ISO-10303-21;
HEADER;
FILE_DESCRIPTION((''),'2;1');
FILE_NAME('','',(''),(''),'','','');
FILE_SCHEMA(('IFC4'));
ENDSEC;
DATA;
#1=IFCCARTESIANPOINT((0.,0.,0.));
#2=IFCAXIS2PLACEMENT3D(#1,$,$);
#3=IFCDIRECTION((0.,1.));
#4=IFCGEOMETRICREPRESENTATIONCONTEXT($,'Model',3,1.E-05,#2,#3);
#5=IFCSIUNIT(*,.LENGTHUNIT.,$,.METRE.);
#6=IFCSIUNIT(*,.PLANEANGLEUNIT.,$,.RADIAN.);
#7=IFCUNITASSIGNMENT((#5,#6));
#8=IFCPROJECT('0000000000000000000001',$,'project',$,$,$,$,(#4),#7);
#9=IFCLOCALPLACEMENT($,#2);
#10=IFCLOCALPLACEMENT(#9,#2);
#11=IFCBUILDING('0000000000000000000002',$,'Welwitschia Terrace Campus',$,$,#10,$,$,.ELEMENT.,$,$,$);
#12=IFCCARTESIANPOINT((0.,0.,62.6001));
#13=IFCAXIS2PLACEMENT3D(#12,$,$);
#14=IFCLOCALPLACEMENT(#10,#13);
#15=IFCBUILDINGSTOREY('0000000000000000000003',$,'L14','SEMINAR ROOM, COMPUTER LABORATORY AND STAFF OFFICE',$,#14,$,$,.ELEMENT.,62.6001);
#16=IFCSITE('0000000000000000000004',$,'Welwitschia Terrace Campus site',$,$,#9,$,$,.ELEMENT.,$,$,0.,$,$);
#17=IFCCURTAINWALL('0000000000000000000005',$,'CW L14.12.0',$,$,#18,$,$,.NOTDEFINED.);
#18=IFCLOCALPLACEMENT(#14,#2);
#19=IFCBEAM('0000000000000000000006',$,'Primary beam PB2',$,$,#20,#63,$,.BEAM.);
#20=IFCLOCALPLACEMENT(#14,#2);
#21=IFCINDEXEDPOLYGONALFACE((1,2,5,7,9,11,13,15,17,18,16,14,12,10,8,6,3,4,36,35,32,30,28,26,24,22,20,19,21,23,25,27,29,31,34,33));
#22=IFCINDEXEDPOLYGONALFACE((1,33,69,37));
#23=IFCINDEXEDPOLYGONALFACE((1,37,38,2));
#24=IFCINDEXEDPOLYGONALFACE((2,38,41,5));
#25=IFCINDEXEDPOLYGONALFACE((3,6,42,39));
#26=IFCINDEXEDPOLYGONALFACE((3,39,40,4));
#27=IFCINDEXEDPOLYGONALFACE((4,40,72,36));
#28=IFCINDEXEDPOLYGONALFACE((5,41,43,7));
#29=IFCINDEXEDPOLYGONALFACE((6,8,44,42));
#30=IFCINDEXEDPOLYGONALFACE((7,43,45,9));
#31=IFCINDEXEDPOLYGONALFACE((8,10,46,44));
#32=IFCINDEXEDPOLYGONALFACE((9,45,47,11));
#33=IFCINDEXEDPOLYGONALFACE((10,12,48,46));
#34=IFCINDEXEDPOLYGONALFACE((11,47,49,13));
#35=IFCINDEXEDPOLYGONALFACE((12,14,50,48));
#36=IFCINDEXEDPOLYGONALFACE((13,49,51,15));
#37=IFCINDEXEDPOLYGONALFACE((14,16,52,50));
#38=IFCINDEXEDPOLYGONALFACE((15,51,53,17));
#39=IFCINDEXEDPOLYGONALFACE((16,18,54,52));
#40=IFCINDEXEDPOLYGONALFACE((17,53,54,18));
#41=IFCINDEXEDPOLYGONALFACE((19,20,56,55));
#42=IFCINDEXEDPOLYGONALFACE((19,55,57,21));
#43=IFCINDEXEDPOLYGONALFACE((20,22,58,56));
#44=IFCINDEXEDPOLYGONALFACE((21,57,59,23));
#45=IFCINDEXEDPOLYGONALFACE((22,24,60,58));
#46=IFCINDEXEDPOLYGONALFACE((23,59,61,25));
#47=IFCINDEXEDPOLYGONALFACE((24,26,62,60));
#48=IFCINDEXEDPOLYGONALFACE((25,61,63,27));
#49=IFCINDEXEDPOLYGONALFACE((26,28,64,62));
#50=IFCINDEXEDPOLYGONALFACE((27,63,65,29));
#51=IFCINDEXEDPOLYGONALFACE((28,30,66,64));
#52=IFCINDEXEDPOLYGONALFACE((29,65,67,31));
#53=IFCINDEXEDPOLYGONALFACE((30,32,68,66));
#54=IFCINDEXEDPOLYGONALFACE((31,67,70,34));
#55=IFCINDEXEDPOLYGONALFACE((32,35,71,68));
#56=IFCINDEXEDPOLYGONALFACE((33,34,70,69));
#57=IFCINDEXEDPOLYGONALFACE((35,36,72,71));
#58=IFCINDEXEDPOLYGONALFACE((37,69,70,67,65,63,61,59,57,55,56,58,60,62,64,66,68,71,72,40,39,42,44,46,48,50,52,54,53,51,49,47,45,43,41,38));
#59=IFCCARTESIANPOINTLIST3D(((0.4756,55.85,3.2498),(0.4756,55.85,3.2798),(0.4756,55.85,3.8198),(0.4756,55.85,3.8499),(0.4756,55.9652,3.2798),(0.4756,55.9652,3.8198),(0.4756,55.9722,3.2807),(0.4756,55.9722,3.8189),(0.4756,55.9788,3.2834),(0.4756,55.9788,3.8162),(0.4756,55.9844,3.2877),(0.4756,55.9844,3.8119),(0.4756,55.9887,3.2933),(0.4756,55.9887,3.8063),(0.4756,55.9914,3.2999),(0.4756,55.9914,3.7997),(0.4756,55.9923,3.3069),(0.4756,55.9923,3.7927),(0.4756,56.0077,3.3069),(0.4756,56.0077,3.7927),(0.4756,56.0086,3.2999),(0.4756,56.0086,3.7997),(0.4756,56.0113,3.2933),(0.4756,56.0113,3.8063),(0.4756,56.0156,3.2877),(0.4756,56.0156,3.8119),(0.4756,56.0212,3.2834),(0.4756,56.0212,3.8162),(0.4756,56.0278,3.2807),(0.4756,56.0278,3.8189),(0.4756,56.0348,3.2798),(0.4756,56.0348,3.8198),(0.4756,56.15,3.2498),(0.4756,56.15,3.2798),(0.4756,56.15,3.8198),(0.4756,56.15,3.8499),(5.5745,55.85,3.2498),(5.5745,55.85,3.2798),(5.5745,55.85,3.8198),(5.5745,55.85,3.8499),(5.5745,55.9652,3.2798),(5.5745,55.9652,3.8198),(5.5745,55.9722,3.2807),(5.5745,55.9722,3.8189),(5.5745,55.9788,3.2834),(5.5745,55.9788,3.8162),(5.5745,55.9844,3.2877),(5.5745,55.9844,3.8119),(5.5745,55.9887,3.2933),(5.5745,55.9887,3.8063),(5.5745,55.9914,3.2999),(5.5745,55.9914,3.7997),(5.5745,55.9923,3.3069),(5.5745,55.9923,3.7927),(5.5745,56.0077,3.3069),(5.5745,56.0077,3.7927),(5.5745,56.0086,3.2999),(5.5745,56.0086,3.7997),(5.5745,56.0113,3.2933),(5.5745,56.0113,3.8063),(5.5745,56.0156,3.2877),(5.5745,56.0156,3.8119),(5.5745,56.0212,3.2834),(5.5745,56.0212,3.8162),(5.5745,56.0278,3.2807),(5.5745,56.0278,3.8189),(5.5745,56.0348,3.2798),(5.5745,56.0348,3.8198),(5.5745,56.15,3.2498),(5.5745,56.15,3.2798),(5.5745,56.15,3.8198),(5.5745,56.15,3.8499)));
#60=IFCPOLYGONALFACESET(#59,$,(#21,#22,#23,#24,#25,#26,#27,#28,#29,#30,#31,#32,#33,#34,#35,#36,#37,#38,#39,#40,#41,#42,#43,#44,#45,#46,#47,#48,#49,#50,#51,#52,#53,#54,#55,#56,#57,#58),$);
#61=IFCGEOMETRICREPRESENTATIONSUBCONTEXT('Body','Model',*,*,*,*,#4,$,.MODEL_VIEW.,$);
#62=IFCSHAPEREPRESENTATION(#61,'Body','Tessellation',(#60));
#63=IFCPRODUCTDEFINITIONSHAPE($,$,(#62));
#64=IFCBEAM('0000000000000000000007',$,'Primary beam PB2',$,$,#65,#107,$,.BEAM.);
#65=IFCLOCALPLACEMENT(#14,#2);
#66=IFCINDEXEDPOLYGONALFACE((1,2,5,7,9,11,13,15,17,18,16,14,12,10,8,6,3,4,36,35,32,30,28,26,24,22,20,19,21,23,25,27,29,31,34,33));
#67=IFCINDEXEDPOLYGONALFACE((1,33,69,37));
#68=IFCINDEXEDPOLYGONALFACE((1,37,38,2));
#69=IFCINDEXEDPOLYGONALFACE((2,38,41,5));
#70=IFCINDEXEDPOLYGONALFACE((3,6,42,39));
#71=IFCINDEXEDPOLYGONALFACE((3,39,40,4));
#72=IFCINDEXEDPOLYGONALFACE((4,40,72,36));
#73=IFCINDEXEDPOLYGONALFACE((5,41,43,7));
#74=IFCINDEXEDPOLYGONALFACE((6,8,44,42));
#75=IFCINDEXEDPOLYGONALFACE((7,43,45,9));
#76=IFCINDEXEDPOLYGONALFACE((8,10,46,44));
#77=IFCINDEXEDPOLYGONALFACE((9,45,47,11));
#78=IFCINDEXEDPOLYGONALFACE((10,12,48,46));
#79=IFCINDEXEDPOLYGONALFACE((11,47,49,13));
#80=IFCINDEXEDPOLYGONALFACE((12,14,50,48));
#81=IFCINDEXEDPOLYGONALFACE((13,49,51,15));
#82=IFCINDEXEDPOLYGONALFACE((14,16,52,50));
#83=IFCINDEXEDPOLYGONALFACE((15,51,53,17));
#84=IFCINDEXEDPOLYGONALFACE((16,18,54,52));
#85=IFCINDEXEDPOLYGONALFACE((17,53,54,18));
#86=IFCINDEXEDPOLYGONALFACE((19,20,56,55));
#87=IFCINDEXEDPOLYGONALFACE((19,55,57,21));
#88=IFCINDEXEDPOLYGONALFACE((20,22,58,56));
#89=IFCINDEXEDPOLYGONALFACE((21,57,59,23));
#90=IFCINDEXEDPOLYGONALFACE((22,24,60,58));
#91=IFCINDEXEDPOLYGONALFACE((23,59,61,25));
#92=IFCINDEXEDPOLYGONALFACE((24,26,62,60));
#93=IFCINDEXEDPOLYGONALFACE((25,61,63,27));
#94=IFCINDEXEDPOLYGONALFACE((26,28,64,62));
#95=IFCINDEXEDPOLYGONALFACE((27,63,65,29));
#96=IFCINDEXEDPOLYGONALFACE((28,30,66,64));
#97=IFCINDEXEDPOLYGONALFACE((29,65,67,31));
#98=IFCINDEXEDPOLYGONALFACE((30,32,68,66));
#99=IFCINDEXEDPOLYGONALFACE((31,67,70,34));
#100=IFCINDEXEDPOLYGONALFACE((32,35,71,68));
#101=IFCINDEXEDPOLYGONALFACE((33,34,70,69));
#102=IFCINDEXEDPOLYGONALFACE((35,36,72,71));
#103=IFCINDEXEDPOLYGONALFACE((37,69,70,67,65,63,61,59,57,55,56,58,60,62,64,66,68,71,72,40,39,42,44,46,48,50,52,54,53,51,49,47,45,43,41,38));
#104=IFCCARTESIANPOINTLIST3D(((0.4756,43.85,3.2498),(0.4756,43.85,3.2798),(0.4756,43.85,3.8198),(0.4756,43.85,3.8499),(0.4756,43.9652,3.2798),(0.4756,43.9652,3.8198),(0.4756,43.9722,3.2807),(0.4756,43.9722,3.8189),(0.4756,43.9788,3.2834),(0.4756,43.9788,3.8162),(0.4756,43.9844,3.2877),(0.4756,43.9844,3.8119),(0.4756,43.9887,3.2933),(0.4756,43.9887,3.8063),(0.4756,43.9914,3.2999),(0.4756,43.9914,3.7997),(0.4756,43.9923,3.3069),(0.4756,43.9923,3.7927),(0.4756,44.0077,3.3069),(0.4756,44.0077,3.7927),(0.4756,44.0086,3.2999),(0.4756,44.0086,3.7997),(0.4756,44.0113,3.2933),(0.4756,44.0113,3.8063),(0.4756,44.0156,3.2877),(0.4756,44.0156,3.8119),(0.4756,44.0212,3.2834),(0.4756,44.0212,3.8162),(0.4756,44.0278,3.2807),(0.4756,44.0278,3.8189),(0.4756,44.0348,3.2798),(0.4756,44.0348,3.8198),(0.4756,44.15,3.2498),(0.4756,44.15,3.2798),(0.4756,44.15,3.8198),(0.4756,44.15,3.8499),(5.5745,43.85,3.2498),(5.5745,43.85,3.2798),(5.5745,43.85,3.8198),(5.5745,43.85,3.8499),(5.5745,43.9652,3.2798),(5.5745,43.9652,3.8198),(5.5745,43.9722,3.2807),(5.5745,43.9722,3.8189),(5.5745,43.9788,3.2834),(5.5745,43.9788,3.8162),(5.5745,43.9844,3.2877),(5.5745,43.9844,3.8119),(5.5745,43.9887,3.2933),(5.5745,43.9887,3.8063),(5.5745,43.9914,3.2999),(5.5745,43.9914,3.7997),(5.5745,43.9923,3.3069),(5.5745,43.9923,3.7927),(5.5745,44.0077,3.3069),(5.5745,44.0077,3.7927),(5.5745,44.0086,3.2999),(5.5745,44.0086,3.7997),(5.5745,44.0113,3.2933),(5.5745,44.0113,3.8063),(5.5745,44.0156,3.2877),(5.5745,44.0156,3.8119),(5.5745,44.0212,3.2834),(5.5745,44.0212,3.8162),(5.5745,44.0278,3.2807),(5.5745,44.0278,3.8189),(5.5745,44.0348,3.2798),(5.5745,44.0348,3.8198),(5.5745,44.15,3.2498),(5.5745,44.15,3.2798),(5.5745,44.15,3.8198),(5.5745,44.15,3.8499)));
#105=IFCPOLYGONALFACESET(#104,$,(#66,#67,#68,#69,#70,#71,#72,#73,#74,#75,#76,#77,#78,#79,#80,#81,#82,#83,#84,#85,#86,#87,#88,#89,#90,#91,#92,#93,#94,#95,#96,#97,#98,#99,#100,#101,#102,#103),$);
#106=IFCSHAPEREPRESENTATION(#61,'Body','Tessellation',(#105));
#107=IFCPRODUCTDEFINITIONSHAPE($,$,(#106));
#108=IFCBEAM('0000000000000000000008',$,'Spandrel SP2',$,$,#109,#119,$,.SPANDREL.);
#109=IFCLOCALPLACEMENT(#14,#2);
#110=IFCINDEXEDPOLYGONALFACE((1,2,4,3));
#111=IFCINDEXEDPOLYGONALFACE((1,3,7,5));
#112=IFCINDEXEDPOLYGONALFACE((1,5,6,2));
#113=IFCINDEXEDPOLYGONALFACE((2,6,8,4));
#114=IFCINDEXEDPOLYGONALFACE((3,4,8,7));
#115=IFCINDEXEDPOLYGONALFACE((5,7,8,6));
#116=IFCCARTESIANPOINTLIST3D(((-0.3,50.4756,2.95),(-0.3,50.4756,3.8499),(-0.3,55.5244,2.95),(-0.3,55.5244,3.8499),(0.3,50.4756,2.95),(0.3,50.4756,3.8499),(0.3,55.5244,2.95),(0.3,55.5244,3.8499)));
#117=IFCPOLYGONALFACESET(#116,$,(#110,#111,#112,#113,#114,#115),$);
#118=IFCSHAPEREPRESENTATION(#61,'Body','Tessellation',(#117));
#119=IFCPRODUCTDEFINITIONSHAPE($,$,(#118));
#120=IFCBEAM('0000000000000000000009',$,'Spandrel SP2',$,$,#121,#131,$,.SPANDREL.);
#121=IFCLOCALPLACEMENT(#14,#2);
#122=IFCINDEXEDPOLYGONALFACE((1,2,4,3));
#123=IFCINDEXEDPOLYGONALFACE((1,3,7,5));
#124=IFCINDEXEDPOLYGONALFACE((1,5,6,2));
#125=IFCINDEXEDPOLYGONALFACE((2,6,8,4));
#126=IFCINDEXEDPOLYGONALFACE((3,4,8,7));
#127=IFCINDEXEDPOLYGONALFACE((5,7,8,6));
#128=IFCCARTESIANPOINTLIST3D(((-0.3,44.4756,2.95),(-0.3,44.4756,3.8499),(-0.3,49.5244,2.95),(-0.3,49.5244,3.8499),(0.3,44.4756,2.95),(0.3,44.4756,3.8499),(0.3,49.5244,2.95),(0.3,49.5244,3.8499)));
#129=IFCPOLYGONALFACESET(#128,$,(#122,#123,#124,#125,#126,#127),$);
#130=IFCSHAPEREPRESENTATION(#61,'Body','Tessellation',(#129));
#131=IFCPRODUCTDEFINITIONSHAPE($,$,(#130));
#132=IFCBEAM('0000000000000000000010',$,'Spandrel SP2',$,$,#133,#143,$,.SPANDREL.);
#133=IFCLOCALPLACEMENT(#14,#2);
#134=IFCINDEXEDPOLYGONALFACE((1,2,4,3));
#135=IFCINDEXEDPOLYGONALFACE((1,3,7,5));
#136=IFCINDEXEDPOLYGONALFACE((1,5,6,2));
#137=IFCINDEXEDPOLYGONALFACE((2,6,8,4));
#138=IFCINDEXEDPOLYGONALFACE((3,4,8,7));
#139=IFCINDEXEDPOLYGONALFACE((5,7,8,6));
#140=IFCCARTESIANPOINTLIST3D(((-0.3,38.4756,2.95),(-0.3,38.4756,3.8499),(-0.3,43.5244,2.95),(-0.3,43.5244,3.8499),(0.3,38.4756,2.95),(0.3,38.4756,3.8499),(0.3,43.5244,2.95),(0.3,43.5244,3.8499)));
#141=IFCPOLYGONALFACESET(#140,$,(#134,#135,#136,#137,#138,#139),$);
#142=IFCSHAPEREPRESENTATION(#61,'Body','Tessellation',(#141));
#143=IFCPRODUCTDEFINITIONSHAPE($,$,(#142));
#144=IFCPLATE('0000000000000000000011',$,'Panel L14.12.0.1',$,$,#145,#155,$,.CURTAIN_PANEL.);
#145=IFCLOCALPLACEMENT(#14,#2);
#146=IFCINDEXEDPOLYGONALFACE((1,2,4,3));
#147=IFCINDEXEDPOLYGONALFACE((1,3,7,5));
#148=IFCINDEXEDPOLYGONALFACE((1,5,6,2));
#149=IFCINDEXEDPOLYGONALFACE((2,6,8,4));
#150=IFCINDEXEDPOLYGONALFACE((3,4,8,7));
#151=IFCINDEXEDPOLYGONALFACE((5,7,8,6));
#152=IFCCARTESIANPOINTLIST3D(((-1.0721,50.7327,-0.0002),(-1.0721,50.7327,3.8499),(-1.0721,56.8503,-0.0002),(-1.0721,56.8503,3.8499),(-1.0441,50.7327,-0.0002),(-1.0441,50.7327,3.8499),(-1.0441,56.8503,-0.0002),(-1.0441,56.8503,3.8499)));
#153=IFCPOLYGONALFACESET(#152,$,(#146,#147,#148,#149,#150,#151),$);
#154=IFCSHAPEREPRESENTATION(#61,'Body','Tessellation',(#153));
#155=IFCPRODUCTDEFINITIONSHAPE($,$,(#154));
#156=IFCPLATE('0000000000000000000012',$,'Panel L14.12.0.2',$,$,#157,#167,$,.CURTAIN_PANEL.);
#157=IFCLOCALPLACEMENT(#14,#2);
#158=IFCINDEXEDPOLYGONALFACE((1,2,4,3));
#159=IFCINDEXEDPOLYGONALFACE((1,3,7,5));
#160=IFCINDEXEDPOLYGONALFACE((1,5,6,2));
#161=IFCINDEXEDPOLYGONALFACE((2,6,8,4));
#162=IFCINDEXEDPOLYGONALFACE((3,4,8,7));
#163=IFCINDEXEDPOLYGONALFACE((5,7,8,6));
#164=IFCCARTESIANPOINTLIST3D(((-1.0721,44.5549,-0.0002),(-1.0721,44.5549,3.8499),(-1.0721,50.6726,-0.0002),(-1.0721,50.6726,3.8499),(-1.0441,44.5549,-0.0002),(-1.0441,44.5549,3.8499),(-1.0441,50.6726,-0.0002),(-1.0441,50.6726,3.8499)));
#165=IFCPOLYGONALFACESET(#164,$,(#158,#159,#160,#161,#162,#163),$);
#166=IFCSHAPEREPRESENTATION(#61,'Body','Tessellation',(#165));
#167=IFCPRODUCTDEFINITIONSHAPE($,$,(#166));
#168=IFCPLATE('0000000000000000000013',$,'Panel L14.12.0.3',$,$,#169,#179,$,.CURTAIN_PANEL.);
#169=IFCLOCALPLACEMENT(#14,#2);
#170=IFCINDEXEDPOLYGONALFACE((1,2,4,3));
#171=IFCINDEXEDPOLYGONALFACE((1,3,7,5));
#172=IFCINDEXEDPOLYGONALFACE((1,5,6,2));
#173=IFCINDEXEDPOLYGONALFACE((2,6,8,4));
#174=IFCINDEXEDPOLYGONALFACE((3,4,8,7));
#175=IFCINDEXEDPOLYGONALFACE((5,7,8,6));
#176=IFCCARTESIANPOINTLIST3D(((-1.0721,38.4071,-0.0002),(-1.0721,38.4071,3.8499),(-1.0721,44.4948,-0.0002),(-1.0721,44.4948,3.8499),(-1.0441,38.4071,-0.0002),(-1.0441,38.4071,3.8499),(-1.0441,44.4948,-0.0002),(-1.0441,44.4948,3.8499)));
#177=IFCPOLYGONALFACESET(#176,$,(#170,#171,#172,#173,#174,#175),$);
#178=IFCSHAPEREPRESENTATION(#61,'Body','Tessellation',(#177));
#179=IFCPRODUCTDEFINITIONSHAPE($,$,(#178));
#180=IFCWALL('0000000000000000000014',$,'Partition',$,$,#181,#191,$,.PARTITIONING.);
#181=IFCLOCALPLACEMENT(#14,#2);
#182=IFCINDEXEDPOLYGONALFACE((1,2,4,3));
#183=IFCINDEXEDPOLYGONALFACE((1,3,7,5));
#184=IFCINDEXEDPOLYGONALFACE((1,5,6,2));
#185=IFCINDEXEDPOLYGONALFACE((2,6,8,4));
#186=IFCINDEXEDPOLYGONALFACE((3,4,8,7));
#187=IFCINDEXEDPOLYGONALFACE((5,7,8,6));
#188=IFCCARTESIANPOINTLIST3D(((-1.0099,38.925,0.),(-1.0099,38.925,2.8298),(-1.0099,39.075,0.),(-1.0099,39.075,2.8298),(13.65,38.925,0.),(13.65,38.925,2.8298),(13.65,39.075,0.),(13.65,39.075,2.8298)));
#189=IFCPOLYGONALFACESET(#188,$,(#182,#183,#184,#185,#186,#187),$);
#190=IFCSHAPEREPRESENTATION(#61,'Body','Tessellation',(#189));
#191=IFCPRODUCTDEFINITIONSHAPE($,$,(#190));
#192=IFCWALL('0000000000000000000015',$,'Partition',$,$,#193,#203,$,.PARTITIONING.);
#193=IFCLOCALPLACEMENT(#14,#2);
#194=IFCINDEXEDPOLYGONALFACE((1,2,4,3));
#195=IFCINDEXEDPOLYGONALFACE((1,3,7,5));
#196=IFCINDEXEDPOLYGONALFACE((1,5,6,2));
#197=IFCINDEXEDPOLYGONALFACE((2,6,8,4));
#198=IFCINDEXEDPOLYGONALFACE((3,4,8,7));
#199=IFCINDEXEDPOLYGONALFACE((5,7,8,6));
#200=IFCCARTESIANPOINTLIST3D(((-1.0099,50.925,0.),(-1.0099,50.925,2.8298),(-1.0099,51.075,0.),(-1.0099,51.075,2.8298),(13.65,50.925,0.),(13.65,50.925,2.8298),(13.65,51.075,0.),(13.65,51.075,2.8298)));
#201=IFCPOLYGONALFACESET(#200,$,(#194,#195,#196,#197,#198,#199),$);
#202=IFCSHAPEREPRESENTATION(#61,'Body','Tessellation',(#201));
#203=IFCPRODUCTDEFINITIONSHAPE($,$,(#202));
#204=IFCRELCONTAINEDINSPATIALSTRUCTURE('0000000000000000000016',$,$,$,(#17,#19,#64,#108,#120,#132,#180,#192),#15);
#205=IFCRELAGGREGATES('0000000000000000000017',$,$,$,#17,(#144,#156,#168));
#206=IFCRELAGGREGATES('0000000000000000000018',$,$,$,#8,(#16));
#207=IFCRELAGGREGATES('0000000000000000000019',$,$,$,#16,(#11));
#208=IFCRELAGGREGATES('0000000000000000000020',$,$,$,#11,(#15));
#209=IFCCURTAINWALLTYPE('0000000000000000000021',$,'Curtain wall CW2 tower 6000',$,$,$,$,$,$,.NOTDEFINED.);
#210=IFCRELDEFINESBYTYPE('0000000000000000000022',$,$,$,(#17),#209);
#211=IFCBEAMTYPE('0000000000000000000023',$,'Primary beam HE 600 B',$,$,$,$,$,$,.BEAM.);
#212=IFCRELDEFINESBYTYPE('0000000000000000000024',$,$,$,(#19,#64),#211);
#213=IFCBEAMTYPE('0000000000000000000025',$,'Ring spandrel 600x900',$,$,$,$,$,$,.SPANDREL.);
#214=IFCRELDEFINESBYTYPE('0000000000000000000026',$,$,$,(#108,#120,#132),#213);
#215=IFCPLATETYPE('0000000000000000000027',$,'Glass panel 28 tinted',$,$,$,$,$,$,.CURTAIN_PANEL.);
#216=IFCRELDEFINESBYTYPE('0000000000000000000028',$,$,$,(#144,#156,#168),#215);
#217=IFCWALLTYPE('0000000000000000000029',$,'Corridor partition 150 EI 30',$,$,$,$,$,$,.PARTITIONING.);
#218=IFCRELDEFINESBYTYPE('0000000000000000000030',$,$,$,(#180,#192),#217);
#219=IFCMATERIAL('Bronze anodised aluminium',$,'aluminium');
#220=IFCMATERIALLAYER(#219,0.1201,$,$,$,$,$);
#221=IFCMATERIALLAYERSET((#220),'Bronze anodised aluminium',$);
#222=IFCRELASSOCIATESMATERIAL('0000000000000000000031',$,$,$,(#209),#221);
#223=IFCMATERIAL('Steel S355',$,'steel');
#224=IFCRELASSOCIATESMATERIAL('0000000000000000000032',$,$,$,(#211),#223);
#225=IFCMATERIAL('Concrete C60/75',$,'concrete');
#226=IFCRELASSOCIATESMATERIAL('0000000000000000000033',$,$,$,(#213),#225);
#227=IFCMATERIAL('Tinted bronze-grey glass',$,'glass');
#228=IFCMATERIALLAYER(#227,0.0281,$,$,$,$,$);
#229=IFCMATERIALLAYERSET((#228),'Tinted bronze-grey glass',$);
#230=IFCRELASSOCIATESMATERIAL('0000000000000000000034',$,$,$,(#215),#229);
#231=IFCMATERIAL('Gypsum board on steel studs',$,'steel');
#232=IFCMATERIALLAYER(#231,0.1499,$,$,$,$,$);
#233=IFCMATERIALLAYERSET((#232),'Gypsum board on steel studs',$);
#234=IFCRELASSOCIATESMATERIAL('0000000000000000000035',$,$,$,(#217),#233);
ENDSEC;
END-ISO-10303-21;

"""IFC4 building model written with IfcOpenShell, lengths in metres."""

from ifc_helpers import new_model, si_unit, direction, frame, frame_2d, origin, origin_2d, place, context, subcontext, project, spatial, rectangle, i_section, extrude, material, layer, layer_set, material_profile, profile_set, type_object, element, aggregate, save


model = new_model("IFC4")

# Units and contexts
model_context = context("Model", 3, precision=1e-05, world=origin(), true_north=direction((0.0, 1.0)))
body_context = subcontext(model_context, "Body", "Model", "MODEL_VIEW")
ifc_project = project(units=[si_unit("LENGTHUNIT", "METRE"), si_unit("PLANEANGLEUNIT", "RADIAN")], contexts=[model_context])

# Site, building, storey
site_placement = place(None, origin())
site = spatial("IfcSite", under=ifc_project, at=site_placement, Name="Welwitschia Terrace Campus site", CompositionType="ELEMENT", RefElevation=0.0)
building_placement = place(site_placement, origin())
building = spatial("IfcBuilding", under=site, at=building_placement, Name="Welwitschia Terrace Campus", CompositionType="ELEMENT")
storey_placement = place(building_placement, frame((0.0, 0.0, 62.6001)))
storey = spatial("IfcBuildingStorey", under=building, at=storey_placement, Name="L14", Description="SEMINAR ROOM, COMPUTER LABORATORY AND STAFF OFFICE", CompositionType="ELEMENT", Elevation=62.6001)

# Curtain wall
ifc_material_1 = material(Name="Bronze anodised aluminium", Category="aluminium")
ifc_layer_1 = layer(ifc_material_1, 0.1201)
ifc_layer_set_1 = layer_set([ifc_layer_1], Name="Bronze anodised aluminium")
curtain_wall_type = type_object("IfcCurtainWallType", Name="Curtain wall CW2 tower 6000", PredefinedType="NOTDEFINED", material=ifc_layer_set_1)
curtain_wall_placement = place(storey_placement, origin())
curtain_wall = element("IfcCurtainWall", 1, at=curtain_wall_placement, inside=storey, type_object=curtain_wall_type, Name="CW L14.12.0", PredefinedType="NOTDEFINED")

# Beams
ifc_material_2 = material(Name="Steel S355", Category="steel")
ifc_material_profile_1 = material_profile(ifc_material_2, i_section(OverallWidth=0.3, OverallDepth=0.6001, WebThickness=0.0154, FlangeThickness=0.03, FilletRadius=0.0271, at=origin_2d()))
ifc_profile_set_1 = profile_set([ifc_material_profile_1], Name="Steel S355")
beam_type_1 = type_object("IfcBeamType", Name="Primary beam HE 600 B", PredefinedType="BEAM", material=ifc_profile_set_1)
for number, where, z_axis, x_axis, name in (
    (2, (0.4756, 56.0, 3.5498), (1.0, 0.0, 0.0), (0.0, 1.0, 0.0), "Primary beam PB2"),
    (3, (0.4756, 44.0, 3.5498), (1.0, 0.0, 0.0), (0.0, 1.0, 0.0), "Primary beam PB2"),
):
    element("IfcBeam", number, at=place(storey_placement, frame(where, z_axis=z_axis, x_axis=x_axis)), inside=storey, type_object=beam_type_1, Name=name, PredefinedType="BEAM", context=body_context, shape_type="SweptSolid", body=[
        extrude(i_section(OverallWidth=0.3, OverallDepth=0.6001, WebThickness=0.0154, FlangeThickness=0.03, FilletRadius=0.0271, at=origin_2d()), origin(), (0.0, 0.0, 1.0), 5.0989),
    ])
ifc_material_3 = material(Name="Concrete C60/75", Category="concrete")
ifc_material_profile_2 = material_profile(ifc_material_3, rectangle(XDim=0.6001, YDim=0.8999, at=origin_2d()))
ifc_profile_set_2 = profile_set([ifc_material_profile_2], Name="Concrete C60/75")
beam_type_2 = type_object("IfcBeamType", Name="Ring spandrel 600x900", PredefinedType="SPANDREL", material=ifc_profile_set_2)
for number, where, z_axis, x_axis, name in (
    (4, (0.0, 55.5244, 3.3999), (0.0, -1.0, 0.0), (1.0, 0.0, 0.0), "Spandrel SP2"),
    (5, (0.0, 49.5244, 3.3999), (0.0, -1.0, 0.0), (1.0, 0.0, 0.0), "Spandrel SP2"),
    (6, (0.0, 43.5244, 3.3999), (0.0, -1.0, 0.0), (1.0, 0.0, 0.0), "Spandrel SP2"),
):
    element("IfcBeam", number, at=place(storey_placement, frame(where, z_axis=z_axis, x_axis=x_axis)), inside=storey, type_object=beam_type_2, Name=name, PredefinedType="SPANDREL", context=body_context, shape_type="SweptSolid", body=[
        extrude(rectangle(XDim=0.6001, YDim=0.8999, at=origin_2d()), origin(), (0.0, 0.0, 1.0), 5.0488),
    ])

# Plates
ifc_material_4 = material(Name="Tinted bronze-grey glass", Category="glass")
ifc_layer_2 = layer(ifc_material_4, 0.0281)
ifc_layer_set_2 = layer_set([ifc_layer_2], Name="Tinted bronze-grey glass")
plate_type = type_object("IfcPlateType", Name="Glass panel 28 tinted", PredefinedType="CURTAIN_PANEL", material=ifc_layer_set_2)
plate_1_placement = place(storey_placement, frame((-1.0581, 53.7915, -0.0002), z_axis=(0.0, 0.0, 1.0), x_axis=(0.0, -1.0, 0.0)))
plate_1 = element("IfcPlate", 7, at=plate_1_placement, type_object=plate_type, Name="Panel L14.12.0.1", PredefinedType="CURTAIN_PANEL", context=body_context, shape_type="SweptSolid", body=[
    extrude(rectangle(XDim=6.1177, YDim=0.0281, at=origin_2d()), origin(), (0.0, 0.0, 1.0), 3.8501),
])
plate_2_placement = place(storey_placement, frame((-1.0581, 47.6138, -0.0002), z_axis=(0.0, 0.0, 1.0), x_axis=(0.0, -1.0, 0.0)))
plate_2 = element("IfcPlate", 8, at=plate_2_placement, type_object=plate_type, Name="Panel L14.12.0.2", PredefinedType="CURTAIN_PANEL", context=body_context, shape_type="SweptSolid", body=[
    extrude(rectangle(XDim=6.1177, YDim=0.0281, at=origin_2d()), origin(), (0.0, 0.0, 1.0), 3.8501),
])
plate_3_placement = place(storey_placement, frame((-1.0581, 41.4509, -0.0002), z_axis=(0.0, 0.0, 1.0), x_axis=(0.0, -1.0, 0.0)))
plate_3 = element("IfcPlate", 9, at=plate_3_placement, type_object=plate_type, Name="Panel L14.12.0.3", PredefinedType="CURTAIN_PANEL", context=body_context, shape_type="SweptSolid", body=[
    extrude(rectangle(XDim=6.0876, YDim=0.0281, at=origin_2d()), origin(), (0.0, 0.0, 1.0), 3.8501),
])
aggregate(curtain_wall, [plate_1, plate_2, plate_3])

# Walls
ifc_material_5 = material(Name="Gypsum board on steel studs", Category="steel")
ifc_layer_3 = layer(ifc_material_5, 0.1499)
ifc_layer_set_3 = layer_set([ifc_layer_3], Name="Gypsum board on steel studs")
wall_type = type_object("IfcWallType", Name="Corridor partition 150 EI 30", PredefinedType="PARTITIONING", material=ifc_layer_set_3)
for number, where, z_axis, x_axis, name in (
    (10, (-1.01, 39.0, 0.0), (0.0, 0.0, 1.0), (1.0, 0.0, 0.0), "Partition"),
    (11, (-1.01, 51.0, 0.0), (0.0, 0.0, 1.0), (1.0, 0.0, 0.0), "Partition"),
):
    element("IfcWall", number, at=place(storey_placement, frame(where, z_axis=z_axis, x_axis=x_axis)), inside=storey, type_object=wall_type, Name=name, PredefinedType="PARTITIONING", context=body_context, shape_type="SweptSolid", body=[
        extrude(rectangle(XDim=14.6599, YDim=0.1499, at=frame_2d((7.3301, 0.0))), origin(), (0.0, 0.0, 1.0), 2.8298),
    ])

save(model, "model.ifc")
